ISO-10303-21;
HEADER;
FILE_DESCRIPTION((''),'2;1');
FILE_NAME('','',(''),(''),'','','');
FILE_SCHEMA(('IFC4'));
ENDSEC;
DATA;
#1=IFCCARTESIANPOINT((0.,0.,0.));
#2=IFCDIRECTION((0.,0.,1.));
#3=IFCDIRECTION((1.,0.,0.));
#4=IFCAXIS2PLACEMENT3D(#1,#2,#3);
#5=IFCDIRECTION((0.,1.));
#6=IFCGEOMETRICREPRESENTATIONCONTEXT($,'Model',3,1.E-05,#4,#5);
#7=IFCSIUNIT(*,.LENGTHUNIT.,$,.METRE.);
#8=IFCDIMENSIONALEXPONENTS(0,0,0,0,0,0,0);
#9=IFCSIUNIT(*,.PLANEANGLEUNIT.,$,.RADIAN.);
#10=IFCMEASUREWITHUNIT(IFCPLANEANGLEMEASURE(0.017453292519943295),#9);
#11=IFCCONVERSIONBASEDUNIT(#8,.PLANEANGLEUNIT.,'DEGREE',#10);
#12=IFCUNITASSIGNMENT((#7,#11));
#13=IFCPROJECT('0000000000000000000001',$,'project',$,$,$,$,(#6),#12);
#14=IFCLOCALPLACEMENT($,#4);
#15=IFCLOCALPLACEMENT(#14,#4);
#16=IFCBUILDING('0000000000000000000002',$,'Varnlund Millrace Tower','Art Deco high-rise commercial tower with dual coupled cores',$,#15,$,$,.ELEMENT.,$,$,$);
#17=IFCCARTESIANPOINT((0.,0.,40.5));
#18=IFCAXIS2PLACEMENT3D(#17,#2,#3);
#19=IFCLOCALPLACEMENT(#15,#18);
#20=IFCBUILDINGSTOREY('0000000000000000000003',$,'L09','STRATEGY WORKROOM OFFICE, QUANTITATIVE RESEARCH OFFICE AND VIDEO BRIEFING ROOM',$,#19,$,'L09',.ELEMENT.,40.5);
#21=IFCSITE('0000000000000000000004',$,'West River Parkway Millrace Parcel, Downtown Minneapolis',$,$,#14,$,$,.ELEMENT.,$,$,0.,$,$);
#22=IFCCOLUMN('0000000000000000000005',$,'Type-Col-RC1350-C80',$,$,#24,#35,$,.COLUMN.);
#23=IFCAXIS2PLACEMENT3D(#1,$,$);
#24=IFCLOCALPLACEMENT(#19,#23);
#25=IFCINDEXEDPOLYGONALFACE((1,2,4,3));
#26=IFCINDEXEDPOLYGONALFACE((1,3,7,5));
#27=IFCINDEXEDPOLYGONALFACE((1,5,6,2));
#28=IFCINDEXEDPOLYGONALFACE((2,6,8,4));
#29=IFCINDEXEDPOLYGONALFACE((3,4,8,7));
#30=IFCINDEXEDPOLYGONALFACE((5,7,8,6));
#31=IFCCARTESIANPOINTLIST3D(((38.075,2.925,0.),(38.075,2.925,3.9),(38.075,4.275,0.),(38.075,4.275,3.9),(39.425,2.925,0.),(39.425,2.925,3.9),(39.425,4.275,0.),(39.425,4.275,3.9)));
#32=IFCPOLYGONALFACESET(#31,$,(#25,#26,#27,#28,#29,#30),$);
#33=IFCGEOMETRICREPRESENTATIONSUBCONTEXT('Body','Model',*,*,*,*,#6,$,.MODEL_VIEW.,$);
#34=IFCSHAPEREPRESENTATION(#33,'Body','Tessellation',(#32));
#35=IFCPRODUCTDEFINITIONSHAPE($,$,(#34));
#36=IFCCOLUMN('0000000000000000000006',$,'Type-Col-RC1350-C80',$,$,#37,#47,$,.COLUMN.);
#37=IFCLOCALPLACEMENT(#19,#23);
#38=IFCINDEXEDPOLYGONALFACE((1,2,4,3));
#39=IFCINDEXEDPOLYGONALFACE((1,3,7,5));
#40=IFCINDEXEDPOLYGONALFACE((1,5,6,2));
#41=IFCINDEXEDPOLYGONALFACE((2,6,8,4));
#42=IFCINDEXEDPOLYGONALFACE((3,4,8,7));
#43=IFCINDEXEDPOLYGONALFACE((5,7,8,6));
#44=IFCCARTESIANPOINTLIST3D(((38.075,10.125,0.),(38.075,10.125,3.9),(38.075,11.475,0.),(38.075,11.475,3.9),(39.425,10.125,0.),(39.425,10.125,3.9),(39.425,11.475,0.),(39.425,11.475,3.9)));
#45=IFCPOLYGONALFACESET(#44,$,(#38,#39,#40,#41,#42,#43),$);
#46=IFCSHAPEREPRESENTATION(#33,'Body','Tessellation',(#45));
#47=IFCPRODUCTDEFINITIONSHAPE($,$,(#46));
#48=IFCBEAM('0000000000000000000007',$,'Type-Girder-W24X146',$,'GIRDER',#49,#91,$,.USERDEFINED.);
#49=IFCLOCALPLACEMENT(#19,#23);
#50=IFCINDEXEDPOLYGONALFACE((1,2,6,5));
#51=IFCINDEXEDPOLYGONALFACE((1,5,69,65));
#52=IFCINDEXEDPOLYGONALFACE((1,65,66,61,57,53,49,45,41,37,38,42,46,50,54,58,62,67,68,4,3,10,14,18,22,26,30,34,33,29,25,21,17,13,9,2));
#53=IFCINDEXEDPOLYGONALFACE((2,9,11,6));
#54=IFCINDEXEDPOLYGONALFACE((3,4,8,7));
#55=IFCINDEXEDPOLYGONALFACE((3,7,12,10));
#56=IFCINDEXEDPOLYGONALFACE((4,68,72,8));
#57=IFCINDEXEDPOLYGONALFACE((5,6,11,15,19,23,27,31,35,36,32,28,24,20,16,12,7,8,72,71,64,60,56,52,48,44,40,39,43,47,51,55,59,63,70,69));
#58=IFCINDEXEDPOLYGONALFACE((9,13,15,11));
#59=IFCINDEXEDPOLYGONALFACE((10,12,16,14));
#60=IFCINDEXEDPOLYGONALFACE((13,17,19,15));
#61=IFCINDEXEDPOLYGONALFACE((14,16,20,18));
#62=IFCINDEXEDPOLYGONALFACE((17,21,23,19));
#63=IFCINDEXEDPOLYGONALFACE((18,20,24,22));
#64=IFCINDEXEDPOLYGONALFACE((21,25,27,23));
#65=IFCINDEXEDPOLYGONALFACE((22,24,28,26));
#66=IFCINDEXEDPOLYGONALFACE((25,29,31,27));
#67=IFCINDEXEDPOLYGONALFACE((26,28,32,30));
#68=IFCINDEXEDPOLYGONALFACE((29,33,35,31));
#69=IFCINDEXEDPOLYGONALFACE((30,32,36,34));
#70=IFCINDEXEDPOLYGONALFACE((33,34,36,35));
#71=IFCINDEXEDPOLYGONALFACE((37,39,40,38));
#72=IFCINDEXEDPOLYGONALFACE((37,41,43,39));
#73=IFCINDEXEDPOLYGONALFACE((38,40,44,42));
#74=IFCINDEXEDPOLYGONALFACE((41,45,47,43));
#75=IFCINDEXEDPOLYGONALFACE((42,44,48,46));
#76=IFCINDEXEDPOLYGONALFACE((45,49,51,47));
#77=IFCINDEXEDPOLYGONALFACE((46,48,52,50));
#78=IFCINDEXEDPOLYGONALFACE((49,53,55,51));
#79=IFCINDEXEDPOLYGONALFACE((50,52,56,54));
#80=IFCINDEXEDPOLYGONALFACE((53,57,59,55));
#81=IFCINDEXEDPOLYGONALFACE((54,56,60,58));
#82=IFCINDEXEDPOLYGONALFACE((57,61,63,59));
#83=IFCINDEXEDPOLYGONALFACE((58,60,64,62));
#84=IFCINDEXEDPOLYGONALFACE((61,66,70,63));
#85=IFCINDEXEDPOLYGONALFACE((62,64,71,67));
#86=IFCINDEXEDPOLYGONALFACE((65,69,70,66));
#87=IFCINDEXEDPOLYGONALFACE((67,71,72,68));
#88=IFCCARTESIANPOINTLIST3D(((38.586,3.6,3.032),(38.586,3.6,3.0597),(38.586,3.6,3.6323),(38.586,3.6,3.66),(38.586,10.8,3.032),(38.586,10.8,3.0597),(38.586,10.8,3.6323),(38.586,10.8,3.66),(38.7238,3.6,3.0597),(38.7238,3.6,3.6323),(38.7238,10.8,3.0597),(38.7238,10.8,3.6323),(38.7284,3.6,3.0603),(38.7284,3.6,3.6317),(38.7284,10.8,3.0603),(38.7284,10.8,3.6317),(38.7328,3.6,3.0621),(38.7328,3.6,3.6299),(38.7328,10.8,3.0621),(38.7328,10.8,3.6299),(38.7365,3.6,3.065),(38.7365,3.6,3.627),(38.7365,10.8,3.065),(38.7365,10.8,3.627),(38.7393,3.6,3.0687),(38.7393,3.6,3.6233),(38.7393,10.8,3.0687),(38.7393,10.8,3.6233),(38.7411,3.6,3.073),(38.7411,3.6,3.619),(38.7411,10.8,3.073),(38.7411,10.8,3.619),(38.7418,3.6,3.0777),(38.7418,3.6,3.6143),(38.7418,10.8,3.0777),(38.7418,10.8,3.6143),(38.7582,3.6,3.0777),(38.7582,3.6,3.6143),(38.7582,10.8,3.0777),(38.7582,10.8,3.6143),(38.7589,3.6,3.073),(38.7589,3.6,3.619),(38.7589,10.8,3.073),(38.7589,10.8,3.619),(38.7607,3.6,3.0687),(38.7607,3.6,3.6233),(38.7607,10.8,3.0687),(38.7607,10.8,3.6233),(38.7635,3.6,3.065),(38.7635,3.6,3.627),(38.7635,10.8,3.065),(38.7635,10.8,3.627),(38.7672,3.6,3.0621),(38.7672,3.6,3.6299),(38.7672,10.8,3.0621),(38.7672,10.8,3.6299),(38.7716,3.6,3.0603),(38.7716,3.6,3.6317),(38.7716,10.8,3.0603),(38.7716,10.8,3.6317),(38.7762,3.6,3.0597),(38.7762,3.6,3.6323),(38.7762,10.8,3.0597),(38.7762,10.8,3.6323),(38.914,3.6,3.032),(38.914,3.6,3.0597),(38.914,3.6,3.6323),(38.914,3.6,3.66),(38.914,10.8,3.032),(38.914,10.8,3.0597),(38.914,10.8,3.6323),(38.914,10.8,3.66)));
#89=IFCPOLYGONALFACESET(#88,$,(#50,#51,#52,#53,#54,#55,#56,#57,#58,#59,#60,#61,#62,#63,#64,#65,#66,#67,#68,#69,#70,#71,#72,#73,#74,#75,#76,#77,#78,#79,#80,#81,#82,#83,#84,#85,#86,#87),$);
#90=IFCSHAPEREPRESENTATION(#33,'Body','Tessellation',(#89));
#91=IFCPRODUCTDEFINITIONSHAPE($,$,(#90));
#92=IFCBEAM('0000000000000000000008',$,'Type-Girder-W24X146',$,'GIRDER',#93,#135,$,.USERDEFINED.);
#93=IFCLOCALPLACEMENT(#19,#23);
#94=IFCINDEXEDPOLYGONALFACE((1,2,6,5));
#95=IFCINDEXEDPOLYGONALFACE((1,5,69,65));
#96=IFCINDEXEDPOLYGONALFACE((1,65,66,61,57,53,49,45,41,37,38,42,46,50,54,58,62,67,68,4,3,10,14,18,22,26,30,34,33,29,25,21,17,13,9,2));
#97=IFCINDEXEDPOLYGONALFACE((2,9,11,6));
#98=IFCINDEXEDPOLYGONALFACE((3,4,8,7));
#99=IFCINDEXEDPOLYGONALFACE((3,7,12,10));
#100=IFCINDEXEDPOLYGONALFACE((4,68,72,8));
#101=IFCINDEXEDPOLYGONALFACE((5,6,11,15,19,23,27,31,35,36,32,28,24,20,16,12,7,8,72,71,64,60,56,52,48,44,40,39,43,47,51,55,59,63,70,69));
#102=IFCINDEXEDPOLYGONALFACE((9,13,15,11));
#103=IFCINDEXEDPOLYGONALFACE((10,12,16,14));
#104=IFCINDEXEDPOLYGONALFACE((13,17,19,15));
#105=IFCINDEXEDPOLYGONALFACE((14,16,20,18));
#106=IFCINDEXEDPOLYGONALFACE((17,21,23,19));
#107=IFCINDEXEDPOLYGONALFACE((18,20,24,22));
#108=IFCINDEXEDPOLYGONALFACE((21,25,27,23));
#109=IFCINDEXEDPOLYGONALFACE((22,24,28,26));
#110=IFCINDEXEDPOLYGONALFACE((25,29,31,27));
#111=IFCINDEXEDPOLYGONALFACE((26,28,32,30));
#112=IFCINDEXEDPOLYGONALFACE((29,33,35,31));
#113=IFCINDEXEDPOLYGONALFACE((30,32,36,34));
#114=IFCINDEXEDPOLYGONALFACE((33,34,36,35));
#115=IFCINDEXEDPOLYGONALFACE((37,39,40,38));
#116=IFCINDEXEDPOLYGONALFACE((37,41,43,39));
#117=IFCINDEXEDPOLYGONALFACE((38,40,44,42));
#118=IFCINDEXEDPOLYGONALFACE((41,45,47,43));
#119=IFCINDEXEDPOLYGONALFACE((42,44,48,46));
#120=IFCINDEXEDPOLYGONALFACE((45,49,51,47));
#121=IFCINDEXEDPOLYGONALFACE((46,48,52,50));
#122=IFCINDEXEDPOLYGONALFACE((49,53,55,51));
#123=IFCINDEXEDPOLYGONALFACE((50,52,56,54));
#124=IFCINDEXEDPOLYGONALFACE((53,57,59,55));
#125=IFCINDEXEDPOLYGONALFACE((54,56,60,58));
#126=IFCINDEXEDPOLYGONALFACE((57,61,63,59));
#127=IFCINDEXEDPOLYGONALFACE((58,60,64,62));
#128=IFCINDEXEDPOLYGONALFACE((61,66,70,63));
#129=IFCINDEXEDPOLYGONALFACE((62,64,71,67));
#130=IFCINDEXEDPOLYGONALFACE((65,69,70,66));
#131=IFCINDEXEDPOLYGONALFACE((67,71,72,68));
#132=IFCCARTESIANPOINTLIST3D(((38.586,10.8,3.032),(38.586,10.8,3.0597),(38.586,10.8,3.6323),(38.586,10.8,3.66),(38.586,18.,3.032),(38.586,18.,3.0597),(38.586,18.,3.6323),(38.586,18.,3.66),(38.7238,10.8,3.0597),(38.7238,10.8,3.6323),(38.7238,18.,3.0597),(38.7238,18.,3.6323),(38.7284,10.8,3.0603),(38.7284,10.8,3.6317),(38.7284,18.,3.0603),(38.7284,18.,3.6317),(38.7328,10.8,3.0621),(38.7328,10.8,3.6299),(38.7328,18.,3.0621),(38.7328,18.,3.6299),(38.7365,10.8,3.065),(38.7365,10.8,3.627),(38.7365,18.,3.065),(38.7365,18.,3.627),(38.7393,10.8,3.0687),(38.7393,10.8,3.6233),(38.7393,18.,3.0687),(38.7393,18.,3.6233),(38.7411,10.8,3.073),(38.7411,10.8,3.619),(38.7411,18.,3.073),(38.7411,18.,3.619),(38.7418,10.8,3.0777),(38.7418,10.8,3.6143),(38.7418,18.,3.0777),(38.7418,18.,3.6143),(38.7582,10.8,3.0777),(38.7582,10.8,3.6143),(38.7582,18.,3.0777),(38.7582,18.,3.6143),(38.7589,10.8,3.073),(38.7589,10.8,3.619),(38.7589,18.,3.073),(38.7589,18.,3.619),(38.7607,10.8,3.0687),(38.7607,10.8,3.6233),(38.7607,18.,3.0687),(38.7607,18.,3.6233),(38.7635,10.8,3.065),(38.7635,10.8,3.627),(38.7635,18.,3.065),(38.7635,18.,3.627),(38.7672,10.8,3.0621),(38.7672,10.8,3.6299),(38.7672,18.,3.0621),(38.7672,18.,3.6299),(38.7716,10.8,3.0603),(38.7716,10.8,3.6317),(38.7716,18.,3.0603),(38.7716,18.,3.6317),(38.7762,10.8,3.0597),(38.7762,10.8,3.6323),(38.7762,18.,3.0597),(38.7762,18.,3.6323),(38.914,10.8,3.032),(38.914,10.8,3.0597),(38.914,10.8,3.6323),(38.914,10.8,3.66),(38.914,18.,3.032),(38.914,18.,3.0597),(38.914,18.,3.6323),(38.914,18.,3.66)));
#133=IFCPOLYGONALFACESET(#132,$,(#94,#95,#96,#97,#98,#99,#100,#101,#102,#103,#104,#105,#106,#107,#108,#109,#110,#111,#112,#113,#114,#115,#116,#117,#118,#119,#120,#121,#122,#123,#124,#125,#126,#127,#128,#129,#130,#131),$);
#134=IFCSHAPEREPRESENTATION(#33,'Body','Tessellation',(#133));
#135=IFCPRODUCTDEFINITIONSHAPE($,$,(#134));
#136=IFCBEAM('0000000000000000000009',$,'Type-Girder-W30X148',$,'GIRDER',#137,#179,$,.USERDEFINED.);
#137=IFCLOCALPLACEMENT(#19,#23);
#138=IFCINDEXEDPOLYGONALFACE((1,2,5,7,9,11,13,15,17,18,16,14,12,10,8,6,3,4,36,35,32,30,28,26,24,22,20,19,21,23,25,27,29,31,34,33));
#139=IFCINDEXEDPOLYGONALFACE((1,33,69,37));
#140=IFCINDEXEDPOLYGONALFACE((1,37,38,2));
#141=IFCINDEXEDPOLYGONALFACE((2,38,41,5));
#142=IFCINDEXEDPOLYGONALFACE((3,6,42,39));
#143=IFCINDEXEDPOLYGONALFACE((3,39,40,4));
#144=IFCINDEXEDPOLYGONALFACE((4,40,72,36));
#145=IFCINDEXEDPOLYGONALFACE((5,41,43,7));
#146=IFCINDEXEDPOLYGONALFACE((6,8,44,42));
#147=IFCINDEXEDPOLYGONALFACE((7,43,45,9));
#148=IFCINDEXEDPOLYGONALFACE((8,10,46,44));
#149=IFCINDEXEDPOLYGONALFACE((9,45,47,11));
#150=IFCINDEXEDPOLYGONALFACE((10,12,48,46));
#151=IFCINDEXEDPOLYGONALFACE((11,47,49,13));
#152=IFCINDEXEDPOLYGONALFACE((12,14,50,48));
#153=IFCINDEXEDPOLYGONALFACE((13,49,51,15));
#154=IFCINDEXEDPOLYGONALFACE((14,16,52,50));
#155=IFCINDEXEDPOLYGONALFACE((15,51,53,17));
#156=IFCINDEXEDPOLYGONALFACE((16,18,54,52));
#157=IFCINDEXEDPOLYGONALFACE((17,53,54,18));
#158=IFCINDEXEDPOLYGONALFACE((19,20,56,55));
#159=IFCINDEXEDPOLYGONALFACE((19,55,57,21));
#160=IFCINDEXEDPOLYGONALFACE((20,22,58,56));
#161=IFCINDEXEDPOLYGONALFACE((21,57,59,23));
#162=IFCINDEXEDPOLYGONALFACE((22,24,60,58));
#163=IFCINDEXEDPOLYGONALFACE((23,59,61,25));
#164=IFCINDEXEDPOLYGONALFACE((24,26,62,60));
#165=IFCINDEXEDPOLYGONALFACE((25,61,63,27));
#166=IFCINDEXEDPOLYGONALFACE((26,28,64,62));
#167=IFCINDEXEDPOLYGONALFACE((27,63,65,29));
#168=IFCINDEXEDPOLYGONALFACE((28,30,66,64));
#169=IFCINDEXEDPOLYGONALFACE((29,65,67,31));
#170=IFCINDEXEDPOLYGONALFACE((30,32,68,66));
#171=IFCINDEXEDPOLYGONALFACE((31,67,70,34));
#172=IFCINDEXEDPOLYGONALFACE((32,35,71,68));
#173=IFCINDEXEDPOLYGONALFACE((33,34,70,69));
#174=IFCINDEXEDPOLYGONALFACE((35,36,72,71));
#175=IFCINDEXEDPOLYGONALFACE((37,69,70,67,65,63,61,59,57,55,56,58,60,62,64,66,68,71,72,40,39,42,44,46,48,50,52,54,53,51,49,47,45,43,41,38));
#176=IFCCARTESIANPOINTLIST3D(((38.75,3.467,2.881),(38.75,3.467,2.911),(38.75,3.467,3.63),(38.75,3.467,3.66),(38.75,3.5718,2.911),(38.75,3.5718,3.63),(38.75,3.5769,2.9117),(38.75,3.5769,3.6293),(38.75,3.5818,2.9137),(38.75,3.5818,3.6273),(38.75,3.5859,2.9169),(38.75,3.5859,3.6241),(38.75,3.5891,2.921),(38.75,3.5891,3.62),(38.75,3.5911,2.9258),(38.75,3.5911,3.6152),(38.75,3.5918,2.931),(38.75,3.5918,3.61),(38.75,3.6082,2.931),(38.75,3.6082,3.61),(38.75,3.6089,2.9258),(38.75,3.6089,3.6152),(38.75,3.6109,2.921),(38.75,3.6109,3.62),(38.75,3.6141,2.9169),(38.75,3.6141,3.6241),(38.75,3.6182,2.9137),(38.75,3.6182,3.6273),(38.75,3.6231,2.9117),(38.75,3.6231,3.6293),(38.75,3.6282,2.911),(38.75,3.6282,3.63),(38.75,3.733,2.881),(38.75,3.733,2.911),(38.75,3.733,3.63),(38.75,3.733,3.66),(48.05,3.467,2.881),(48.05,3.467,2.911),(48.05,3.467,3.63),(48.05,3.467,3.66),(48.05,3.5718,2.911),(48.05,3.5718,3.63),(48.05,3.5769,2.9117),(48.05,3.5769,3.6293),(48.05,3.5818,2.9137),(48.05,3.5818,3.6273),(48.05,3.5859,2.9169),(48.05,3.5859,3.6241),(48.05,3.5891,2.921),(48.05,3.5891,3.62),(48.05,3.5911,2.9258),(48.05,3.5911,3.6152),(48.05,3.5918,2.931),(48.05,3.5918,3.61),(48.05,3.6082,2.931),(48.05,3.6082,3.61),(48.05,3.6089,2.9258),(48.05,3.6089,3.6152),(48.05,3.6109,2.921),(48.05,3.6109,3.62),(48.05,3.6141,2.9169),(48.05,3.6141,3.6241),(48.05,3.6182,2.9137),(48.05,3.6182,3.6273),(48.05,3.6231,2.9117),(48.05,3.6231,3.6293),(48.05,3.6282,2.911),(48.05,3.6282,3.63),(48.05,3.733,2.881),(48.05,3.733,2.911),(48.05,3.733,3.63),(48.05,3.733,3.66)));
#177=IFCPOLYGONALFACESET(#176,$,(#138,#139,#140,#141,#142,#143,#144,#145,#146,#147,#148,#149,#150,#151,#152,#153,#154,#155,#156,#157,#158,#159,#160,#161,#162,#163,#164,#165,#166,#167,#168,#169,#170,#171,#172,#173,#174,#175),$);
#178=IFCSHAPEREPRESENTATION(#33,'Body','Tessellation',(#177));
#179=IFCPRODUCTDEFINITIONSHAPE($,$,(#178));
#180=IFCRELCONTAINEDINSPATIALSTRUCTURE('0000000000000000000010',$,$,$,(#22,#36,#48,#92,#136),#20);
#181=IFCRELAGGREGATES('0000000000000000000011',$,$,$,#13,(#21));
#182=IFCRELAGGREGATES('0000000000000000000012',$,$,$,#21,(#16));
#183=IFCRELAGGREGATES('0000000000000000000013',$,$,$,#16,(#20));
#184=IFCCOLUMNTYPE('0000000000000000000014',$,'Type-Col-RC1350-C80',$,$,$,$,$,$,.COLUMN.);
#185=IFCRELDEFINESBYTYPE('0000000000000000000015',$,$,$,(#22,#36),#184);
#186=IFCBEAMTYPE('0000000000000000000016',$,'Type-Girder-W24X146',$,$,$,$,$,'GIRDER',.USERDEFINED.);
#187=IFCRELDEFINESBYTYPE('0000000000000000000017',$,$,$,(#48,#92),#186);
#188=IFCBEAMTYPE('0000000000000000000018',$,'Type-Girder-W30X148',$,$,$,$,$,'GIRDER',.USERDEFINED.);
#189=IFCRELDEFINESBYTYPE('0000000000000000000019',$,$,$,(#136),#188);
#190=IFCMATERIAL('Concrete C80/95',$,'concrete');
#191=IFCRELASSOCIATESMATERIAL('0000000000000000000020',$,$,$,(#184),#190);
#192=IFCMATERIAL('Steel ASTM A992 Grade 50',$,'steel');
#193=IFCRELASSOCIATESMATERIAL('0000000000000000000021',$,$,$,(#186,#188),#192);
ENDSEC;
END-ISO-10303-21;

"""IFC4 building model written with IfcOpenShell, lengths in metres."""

from ifc_helpers import new_model, entity, si_unit, converted_unit, direction, frame, origin_with_axes, origin_2d_with_axis, place, context, subcontext, project, spatial, rectangle, i_section, extrude, material, material_profile, profile_set, type_object, element, save


model = new_model("IFC4")

# Units and contexts
model_context = context("Model", 3, precision=1e-05, world=origin_with_axes(), true_north=direction((0.0, 1.0)))
body_context = subcontext(model_context, "Body", "Model", "MODEL_VIEW")
ifc_project = project(units=[si_unit("LENGTHUNIT", "METRE"), converted_unit("PLANEANGLEUNIT", "DEGREE", entity("IfcPlaneAngleMeasure", 0.017453292519943295), si_unit("PLANEANGLEUNIT", "RADIAN"), dimensions=[0, 0, 0, 0, 0, 0, 0])], contexts=[model_context])

# Site, building, storey
site_placement = place(None, origin_with_axes())
site = spatial("IfcSite", under=ifc_project, at=site_placement, Name="West River Parkway Millrace Parcel, Downtown Minneapolis", CompositionType="ELEMENT", RefElevation=0.0)
building_placement = place(site_placement, origin_with_axes())
building = spatial("IfcBuilding", under=site, at=building_placement, Name="Varnlund Millrace Tower", Description="Art Deco high-rise commercial tower with dual coupled cores", CompositionType="ELEMENT")
storey_placement = place(building_placement, frame((0.0, 0.0, 40.5), z_axis=(0.0, 0.0, 1.0), x_axis=(1.0, 0.0, 0.0)))
storey = spatial("IfcBuildingStorey", under=building, at=storey_placement, Name="L09", Description="STRATEGY WORKROOM OFFICE, QUANTITATIVE RESEARCH OFFICE AND VIDEO BRIEFING ROOM", LongName="L09", CompositionType="ELEMENT", Elevation=40.5)

# Columns
ifc_material_1 = material(Name="Concrete C80/95", Category="concrete")
ifc_material_profile_1 = material_profile(ifc_material_1, rectangle(XDim=1.35, YDim=1.35, at=origin_2d_with_axis()), Name="Concrete C80/95")
ifc_profile_set_1 = profile_set([ifc_material_profile_1], Name="Concrete C80/95")
column_type = type_object("IfcColumnType", Name="Type-Col-RC1350-C80", PredefinedType="COLUMN", material=ifc_profile_set_1)
for number, where, z_axis, x_axis, name in (
    (1, (38.75, 3.6, 0.0), (0.0, 0.0, 1.0), (1.0, 0.0, 0.0), "Type-Col-RC1350-C80"),
    (2, (38.75, 10.8, 0.0), (0.0, 0.0, 1.0), (1.0, 0.0, 0.0), "Type-Col-RC1350-C80"),
):
    element("IfcColumn", number, at=place(storey_placement, frame(where, z_axis=z_axis, x_axis=x_axis)), inside=storey, type_object=column_type, Name=name, PredefinedType="COLUMN", context=body_context, shape_type="SweptSolid", body=[
        extrude(rectangle(XDim=1.35, YDim=1.35, at=origin_2d_with_axis()), origin_with_axes(), (0.0, 0.0, 1.0), 3.9),
    ])

# Beams
ifc_material_2 = material(Name="Steel ASTM A992 Grade 50", Category="steel")
ifc_material_profile_2 = material_profile(ifc_material_2, i_section(OverallWidth=0.328, OverallDepth=0.628, WebThickness=0.0165, FlangeThickness=0.0277, FilletRadius=0.018, at=origin_2d_with_axis()), Name="Steel ASTM A992 Grade 50")
ifc_profile_set_2 = profile_set([ifc_material_profile_2], Name="Steel ASTM A992 Grade 50")
beam_type_1 = type_object("IfcBeamType", Name="Type-Girder-W24X146", ElementType="GIRDER", PredefinedType="USERDEFINED", material=ifc_profile_set_2)
for number, where, z_axis, x_axis, name in (
    (3, (38.75, 3.6, 3.346), (0.0, 1.0, 0.0), (-1.0, 0.0, 0.0), "Type-Girder-W24X146"),
    (4, (38.75, 10.8, 3.346), (0.0, 1.0, 0.0), (-1.0, 0.0, 0.0), "Type-Girder-W24X146"),
):
    element("IfcBeam", number, at=place(storey_placement, frame(where, z_axis=z_axis, x_axis=x_axis)), inside=storey, type_object=beam_type_1, Name=name, ObjectType="GIRDER", PredefinedType="USERDEFINED", context=body_context, shape_type="SweptSolid", body=[
        extrude(i_section(OverallWidth=0.328, OverallDepth=0.628, WebThickness=0.0165, FlangeThickness=0.0277, FilletRadius=0.018, at=origin_2d_with_axis()), origin_with_axes(), (0.0, 0.0, 1.0), 7.2),
    ])
ifc_material_profile_3 = material_profile(ifc_material_2, i_section(OverallWidth=0.266, OverallDepth=0.779, WebThickness=0.0165, FlangeThickness=0.03, FilletRadius=0.02, at=origin_2d_with_axis()), Name="Steel ASTM A992 Grade 50")
ifc_profile_set_3 = profile_set([ifc_material_profile_3], Name="Steel ASTM A992 Grade 50")
beam_type_2 = type_object("IfcBeamType", Name="Type-Girder-W30X148", ElementType="GIRDER", PredefinedType="USERDEFINED", material=ifc_profile_set_3)
beam_1_placement = place(storey_placement, frame((38.75, 3.6, 3.2705), z_axis=(1.0, 0.0, 0.0), x_axis=(0.0, 1.0, 0.0)))
element("IfcBeam", 5, at=beam_1_placement, inside=storey, type_object=beam_type_2, Name="Type-Girder-W30X148", ObjectType="GIRDER", PredefinedType="USERDEFINED", context=body_context, shape_type="SweptSolid", body=[
    extrude(i_section(OverallWidth=0.266, OverallDepth=0.779, WebThickness=0.0165, FlangeThickness=0.03, FilletRadius=0.02, at=origin_2d_with_axis()), origin_with_axes(), (0.0, 0.0, 1.0), 9.3),
])

save(model, "model.ifc")
